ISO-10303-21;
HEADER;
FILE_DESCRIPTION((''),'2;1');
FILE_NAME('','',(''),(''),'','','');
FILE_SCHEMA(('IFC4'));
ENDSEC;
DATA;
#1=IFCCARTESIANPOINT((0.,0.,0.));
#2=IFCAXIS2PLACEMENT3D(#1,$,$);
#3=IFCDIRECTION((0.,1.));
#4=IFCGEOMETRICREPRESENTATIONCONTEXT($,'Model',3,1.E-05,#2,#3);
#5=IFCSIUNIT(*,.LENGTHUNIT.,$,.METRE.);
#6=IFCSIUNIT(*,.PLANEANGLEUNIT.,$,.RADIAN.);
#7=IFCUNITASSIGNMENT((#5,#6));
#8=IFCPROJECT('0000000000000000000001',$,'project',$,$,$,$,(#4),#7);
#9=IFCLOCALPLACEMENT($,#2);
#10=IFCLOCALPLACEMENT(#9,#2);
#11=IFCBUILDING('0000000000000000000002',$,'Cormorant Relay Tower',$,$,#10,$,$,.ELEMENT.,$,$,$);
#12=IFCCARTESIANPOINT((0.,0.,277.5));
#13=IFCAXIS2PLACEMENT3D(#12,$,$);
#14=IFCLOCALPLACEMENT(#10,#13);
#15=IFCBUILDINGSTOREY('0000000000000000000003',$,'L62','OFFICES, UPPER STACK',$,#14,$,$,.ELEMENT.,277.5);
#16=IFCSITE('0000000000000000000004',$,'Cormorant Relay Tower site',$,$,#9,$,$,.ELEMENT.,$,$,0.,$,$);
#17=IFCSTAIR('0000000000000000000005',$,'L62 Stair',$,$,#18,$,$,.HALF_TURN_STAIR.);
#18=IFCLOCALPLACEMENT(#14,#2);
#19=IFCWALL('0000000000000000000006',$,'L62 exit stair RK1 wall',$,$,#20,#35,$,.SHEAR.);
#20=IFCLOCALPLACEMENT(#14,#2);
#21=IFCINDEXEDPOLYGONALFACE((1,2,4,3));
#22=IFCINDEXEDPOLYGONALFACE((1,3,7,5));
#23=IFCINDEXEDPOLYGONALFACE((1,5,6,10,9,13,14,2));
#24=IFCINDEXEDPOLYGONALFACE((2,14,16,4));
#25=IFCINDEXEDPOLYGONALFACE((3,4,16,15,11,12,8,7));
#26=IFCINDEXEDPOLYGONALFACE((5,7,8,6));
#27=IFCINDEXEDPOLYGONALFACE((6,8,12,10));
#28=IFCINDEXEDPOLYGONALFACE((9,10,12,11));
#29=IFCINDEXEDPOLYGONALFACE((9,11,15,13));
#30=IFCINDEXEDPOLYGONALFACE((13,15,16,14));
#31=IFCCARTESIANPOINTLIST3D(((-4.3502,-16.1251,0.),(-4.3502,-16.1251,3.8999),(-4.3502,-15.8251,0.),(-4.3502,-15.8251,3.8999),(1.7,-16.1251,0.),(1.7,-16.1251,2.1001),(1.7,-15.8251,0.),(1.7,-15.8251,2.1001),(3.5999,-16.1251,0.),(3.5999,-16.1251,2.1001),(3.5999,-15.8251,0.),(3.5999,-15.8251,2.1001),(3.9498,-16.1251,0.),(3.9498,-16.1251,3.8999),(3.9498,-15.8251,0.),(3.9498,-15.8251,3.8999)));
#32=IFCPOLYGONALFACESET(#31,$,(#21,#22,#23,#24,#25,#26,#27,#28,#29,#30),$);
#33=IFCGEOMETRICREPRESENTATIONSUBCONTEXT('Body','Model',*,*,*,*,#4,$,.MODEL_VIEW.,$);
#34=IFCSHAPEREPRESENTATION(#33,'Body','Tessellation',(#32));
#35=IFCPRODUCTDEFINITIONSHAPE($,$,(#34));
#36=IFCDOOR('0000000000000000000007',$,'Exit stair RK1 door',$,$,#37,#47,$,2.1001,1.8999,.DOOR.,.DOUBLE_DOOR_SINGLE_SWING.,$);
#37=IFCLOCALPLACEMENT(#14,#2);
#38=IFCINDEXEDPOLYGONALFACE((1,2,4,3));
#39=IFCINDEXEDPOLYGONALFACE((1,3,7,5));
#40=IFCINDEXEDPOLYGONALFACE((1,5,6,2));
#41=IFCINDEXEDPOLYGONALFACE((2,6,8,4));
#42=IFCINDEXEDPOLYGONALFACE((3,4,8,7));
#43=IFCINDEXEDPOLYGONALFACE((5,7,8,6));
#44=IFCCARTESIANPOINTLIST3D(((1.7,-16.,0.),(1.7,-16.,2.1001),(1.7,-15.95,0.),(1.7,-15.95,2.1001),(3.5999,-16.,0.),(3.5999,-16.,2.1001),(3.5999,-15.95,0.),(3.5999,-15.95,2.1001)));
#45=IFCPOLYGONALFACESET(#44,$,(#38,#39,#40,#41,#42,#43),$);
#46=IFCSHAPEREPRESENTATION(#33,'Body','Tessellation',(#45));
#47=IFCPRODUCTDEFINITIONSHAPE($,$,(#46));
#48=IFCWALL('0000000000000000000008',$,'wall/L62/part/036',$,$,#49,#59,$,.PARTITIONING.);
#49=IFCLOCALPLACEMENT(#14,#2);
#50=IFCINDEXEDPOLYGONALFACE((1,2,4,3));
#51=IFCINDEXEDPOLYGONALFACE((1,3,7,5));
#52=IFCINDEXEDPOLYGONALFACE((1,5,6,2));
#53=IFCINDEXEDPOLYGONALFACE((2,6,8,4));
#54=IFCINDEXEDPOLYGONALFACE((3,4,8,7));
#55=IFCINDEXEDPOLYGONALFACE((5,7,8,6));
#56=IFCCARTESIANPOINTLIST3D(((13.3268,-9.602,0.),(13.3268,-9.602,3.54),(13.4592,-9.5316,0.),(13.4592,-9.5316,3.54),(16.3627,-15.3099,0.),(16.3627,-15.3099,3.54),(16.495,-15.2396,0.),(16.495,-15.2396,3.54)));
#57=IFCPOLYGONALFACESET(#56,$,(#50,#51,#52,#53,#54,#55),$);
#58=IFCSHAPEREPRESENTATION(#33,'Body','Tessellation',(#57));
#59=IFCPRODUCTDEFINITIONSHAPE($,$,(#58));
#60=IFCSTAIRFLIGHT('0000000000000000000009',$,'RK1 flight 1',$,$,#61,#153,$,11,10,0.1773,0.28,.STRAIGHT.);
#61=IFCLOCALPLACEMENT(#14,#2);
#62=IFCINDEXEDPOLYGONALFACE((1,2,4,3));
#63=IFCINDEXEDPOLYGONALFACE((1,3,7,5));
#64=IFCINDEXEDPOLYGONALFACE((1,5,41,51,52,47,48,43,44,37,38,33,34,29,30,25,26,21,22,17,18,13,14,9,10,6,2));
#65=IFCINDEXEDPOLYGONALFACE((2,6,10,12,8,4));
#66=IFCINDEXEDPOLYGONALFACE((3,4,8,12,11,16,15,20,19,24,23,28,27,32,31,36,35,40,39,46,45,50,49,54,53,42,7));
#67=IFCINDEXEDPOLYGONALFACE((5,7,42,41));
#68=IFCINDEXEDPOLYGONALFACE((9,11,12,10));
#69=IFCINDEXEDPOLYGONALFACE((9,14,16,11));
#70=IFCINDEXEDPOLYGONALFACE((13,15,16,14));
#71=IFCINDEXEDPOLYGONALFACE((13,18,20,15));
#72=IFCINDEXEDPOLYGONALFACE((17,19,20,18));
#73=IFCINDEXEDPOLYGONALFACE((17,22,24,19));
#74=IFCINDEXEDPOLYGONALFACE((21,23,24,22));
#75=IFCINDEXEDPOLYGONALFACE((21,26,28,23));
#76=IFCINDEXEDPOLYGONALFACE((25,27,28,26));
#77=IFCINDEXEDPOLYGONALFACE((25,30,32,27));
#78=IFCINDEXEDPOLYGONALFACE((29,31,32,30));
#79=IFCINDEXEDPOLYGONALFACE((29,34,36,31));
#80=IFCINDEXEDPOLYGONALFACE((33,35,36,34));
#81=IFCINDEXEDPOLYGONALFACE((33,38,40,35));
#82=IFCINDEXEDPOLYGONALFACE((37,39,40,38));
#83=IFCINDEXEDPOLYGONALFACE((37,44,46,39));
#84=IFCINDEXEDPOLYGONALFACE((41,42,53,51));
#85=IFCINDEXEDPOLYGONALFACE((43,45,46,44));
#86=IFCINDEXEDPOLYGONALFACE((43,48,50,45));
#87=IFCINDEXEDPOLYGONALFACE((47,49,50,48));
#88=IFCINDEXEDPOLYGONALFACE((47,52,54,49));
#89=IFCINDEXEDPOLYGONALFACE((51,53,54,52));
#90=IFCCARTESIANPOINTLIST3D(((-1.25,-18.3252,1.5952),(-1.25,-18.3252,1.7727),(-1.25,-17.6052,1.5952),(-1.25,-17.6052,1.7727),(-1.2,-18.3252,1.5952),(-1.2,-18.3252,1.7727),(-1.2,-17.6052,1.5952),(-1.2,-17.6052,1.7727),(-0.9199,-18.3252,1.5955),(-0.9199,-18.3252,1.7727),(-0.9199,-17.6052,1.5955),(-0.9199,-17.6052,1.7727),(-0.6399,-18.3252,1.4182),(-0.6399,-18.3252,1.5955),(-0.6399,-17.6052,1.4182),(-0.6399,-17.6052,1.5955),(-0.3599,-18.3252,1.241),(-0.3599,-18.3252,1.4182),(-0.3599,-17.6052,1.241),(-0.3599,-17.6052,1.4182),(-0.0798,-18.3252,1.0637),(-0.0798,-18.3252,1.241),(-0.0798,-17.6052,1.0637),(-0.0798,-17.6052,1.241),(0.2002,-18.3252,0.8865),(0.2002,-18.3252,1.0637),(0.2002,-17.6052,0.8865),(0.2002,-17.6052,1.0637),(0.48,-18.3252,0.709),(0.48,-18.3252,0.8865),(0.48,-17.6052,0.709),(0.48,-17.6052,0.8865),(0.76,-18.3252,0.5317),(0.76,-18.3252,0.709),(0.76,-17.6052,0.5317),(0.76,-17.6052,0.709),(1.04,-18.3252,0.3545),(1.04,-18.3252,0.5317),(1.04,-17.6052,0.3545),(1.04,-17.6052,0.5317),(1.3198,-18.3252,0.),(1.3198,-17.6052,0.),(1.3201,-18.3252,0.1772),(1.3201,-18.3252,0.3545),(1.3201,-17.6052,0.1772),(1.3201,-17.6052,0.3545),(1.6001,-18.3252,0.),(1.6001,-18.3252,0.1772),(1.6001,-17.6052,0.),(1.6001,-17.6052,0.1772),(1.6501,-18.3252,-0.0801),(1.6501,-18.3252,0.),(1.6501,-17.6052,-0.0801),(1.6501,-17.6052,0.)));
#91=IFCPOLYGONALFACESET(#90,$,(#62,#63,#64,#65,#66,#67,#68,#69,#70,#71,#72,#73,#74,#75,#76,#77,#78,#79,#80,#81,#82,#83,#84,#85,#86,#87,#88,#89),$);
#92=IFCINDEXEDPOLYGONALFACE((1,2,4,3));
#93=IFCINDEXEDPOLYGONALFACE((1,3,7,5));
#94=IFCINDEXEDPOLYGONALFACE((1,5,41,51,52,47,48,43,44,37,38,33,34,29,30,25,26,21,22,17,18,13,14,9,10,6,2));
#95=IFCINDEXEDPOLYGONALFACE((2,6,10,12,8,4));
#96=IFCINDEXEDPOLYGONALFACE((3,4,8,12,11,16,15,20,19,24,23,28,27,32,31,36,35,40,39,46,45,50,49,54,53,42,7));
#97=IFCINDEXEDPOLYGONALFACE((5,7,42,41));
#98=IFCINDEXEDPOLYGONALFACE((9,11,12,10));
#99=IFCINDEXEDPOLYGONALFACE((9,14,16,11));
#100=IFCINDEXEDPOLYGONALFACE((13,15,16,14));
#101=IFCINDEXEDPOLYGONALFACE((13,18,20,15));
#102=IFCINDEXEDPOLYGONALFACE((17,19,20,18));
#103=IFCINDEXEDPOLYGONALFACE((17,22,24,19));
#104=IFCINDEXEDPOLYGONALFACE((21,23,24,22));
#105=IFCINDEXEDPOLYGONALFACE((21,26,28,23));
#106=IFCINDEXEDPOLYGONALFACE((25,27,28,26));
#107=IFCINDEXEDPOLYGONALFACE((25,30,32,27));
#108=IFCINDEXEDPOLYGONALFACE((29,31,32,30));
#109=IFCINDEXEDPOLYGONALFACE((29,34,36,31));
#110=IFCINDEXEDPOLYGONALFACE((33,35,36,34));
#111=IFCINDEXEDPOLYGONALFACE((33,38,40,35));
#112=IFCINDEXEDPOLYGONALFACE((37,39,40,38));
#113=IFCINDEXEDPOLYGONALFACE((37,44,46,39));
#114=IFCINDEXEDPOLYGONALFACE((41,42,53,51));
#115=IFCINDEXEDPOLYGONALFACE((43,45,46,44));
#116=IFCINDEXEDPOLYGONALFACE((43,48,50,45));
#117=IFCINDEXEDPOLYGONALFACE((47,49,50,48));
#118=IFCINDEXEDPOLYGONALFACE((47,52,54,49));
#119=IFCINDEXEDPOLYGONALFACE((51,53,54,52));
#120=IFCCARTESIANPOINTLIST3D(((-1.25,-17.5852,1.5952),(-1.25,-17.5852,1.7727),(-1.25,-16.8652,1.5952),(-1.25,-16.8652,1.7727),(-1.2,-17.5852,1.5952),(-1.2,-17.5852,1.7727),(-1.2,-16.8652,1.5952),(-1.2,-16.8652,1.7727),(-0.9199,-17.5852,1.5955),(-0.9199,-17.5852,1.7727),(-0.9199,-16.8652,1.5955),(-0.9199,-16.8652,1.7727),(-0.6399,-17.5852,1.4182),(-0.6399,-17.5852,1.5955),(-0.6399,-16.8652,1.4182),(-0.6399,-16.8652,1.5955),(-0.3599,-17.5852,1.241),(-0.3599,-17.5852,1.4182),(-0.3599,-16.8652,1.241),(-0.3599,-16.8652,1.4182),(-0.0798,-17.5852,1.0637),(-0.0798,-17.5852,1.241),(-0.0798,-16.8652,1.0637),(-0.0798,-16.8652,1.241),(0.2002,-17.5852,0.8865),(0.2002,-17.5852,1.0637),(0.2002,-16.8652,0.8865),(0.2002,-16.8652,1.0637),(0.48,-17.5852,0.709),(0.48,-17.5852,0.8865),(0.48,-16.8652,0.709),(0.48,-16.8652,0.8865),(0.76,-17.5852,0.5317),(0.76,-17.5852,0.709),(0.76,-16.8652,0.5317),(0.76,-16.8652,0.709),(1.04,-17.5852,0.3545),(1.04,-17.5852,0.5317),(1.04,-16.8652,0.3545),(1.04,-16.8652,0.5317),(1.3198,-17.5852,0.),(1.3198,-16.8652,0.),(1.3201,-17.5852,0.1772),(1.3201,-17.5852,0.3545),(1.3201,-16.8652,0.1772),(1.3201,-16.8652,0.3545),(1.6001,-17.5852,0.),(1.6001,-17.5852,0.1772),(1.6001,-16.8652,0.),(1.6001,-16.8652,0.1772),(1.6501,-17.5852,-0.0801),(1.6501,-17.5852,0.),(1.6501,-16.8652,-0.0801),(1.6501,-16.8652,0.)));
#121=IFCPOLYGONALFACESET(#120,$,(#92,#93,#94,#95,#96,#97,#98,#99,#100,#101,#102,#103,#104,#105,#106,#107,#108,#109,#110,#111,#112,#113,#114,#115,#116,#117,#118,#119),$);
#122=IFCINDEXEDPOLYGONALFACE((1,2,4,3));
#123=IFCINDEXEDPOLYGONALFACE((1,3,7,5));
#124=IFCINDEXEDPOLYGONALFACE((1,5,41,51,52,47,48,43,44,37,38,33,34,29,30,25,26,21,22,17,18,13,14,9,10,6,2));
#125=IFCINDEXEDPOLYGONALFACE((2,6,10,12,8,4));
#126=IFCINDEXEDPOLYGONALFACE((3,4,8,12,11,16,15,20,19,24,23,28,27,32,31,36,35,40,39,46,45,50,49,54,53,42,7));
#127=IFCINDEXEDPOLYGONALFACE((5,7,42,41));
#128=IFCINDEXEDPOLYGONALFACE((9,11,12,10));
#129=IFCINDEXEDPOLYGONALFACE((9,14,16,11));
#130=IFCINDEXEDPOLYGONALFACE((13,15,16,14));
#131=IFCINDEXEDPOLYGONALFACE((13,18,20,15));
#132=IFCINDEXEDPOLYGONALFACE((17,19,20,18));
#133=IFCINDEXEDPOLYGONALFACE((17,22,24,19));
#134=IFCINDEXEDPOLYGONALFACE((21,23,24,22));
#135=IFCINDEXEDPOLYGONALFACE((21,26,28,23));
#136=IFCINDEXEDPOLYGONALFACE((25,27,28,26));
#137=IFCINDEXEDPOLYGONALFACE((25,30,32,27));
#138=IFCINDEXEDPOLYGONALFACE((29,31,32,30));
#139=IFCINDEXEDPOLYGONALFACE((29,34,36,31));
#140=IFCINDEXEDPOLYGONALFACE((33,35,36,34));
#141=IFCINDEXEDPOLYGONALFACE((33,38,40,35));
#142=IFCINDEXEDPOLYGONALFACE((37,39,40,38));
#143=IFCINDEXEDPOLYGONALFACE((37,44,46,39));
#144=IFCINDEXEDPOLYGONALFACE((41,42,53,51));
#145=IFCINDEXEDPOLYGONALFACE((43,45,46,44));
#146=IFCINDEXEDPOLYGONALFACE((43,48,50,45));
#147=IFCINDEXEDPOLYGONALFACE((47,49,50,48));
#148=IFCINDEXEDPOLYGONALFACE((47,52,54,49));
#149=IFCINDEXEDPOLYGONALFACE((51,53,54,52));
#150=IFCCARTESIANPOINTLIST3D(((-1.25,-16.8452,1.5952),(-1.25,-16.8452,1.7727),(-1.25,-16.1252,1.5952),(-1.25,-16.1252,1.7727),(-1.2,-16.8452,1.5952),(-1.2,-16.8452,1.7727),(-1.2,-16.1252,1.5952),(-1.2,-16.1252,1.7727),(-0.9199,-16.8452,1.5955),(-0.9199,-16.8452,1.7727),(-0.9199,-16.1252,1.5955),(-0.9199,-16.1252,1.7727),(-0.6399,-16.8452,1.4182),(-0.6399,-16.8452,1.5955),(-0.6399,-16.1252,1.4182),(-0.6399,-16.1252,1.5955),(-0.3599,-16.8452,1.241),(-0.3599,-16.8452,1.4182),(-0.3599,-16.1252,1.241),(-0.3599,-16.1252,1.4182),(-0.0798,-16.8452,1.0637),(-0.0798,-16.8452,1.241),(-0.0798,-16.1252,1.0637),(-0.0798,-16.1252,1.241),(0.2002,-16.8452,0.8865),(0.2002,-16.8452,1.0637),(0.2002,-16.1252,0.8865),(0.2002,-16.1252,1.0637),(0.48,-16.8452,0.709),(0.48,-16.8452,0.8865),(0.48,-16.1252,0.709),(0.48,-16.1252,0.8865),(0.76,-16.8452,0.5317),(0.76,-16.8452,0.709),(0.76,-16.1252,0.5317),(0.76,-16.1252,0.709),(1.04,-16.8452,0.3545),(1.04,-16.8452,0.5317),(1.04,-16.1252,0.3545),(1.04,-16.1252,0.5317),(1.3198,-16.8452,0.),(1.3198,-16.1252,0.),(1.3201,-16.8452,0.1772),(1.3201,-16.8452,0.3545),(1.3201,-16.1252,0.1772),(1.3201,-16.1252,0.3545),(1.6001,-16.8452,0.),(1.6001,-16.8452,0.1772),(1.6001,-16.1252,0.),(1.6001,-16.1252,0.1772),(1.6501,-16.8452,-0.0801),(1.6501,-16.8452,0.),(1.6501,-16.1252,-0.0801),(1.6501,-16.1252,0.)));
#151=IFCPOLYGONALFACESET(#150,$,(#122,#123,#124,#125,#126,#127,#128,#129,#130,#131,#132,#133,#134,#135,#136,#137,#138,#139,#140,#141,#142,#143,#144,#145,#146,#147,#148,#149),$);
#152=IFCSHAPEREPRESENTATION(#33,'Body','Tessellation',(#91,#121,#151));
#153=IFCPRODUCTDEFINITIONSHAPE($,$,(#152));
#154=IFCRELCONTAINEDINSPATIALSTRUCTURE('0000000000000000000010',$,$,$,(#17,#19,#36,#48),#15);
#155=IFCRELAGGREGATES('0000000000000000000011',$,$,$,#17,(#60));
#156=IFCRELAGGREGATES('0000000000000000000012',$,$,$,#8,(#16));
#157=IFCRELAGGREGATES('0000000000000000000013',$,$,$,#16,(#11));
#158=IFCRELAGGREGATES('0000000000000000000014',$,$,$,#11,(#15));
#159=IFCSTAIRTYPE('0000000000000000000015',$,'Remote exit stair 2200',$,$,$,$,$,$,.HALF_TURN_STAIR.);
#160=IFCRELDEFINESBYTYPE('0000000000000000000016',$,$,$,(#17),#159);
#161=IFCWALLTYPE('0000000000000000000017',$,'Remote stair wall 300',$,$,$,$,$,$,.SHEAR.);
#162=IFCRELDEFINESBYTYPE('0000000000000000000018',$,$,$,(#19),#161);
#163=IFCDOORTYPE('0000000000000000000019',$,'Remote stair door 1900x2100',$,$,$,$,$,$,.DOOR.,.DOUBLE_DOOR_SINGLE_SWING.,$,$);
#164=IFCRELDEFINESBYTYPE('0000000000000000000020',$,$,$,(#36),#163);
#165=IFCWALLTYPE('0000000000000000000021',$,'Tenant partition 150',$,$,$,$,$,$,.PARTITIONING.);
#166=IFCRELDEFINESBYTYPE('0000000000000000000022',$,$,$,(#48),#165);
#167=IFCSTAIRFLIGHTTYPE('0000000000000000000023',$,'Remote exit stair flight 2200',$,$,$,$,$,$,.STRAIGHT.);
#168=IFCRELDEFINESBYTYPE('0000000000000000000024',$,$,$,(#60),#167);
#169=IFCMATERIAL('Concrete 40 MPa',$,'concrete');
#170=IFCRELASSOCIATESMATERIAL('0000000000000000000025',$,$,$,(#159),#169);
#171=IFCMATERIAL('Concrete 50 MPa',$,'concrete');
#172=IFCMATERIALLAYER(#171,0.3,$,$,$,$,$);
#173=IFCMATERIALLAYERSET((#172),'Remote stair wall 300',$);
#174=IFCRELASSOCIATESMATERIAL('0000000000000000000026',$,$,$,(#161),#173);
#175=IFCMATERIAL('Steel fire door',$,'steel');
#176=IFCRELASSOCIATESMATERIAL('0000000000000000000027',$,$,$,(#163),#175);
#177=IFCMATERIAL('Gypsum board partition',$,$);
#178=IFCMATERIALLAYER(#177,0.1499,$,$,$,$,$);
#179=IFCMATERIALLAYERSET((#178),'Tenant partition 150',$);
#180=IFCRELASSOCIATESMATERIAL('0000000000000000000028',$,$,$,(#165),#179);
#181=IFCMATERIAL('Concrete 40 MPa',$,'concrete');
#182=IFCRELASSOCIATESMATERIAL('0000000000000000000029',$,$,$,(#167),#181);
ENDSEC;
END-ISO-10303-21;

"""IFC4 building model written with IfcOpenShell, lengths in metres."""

from ifc_helpers import new_model, si_unit, direction, frame, frame_2d, origin, place, context, subcontext, project, spatial, polyline, rectangle, outline, extrude, material, layer, layer_set, type_object, element, fill, aggregate, save


model = new_model("IFC4")

# Units and contexts
model_context = context("Model", 3, precision=1e-05, world=origin(), true_north=direction((0.0, 1.0)))
body_context = subcontext(model_context, "Body", "Model", "MODEL_VIEW")
ifc_project = project(units=[si_unit("LENGTHUNIT", "METRE"), si_unit("PLANEANGLEUNIT", "RADIAN")], contexts=[model_context])

# Site, building, storey
site_placement = place(None, origin())
site = spatial("IfcSite", under=ifc_project, at=site_placement, Name="Cormorant Relay Tower site", CompositionType="ELEMENT", RefElevation=0.0)
building_placement = place(site_placement, origin())
building = spatial("IfcBuilding", under=site, at=building_placement, Name="Cormorant Relay Tower", CompositionType="ELEMENT")
storey_placement = place(building_placement, frame((0.0, 0.0, 277.5)))
storey = spatial("IfcBuildingStorey", under=building, at=storey_placement, Name="L62", Description="OFFICES, UPPER STACK", CompositionType="ELEMENT", Elevation=277.5)

# Stair
ifc_material_1 = material(Name="Concrete 40 MPa", Category="concrete")
stair_type_1 = type_object("IfcStairType", Name="Remote exit stair 2200", PredefinedType="HALF_TURN_STAIR", material=ifc_material_1)
stair_1_placement = place(storey_placement, origin())
stair_1 = element("IfcStair", 1, at=stair_1_placement, inside=storey, type_object=stair_type_1, Name="L62 Stair", PredefinedType="HALF_TURN_STAIR")

# Shared definitions
ifc_material_2 = material(Name="Concrete 50 MPa", Category="concrete")
ifc_layer_1 = layer(ifc_material_2, 0.3)
ifc_layer_set_1 = layer_set([ifc_layer_1], Name="Remote stair wall 300")
wall_type_1 = type_object("IfcWallType", Name="Remote stair wall 300", PredefinedType="SHEAR", material=ifc_layer_set_1)

# Wall, opening, door
wall_1_placement = place(storey_placement, frame((-4.3501, -15.9751, 0.0), z_axis=(0.0, 0.0, 1.0), x_axis=(1.0, 0.0, 0.0)))
wall_1 = element("IfcWall", 2, at=wall_1_placement, inside=storey, type_object=wall_type_1, Name="L62 exit stair RK1 wall", PredefinedType="SHEAR", context=body_context, shape_type="SweptSolid", body=[
    extrude(rectangle(XDim=8.3, YDim=0.3, at=frame_2d((4.1499, 0.0))), origin(), (0.0, 0.0, 1.0), 3.8999),
])
opening_1_placement = place(wall_1_placement, frame((6.05, 0.0, 0.0)))
opening_1 = element("IfcOpeningElement", 3, at=opening_1_placement, cuts=wall_1, PredefinedType="OPENING", context=body_context, shape_type="SweptSolid", body=[
    extrude(rectangle(XDim=1.8999, YDim=2.1001, at=frame_2d((0.95, 1.05))), frame((0.0, 0.1599, 0.0), z_axis=(0.0, -1.0, 0.0), x_axis=(1.0, 0.0, 0.0)), (0.0, 0.0, 1.0), 0.3201),
])
ifc_material_3 = material(Name="Steel fire door", Category="steel")
door_type_1 = type_object("IfcDoorType", Name="Remote stair door 1900x2100", OperationType="DOUBLE_DOOR_SINGLE_SWING", PredefinedType="DOOR", material=ifc_material_3)
door_1_placement = place(opening_1_placement, frame((1.8999, 0.0, 0.0), z_axis=(0.0, 0.0, 1.0), x_axis=(-1.0, 0.0, 0.0)))
door_1 = element("IfcDoor", 4, at=door_1_placement, inside=storey, type_object=door_type_1, Name="Exit stair RK1 door", OperationType="DOUBLE_DOOR_SINGLE_SWING", OverallHeight=2.1001, OverallWidth=1.8999, PredefinedType="DOOR", context=body_context, shape_type="SweptSolid", body=[
    extrude(rectangle(XDim=1.8999, YDim=2.1001, at=frame_2d((0.95, 1.05))), frame((0.0, 0.0249, 0.0), z_axis=(0.0, -1.0, 0.0), x_axis=(1.0, 0.0, 0.0)), (0.0, 0.0, 1.0), 0.05),
])
fill(opening_1, door_1)

# Wall
ifc_material_4 = material(Name="Gypsum board partition")
ifc_layer_2 = layer(ifc_material_4, 0.1499)
ifc_layer_set_2 = layer_set([ifc_layer_2], Name="Tenant partition 150")
wall_type_2 = type_object("IfcWallType", Name="Tenant partition 150", PredefinedType="PARTITIONING", material=ifc_layer_set_2)
wall_2_placement = place(storey_placement, frame((13.3931, -9.5669, 0.0), z_axis=(0.0, 0.0, 1.0), x_axis=(0.469579, -0.882891, 0.0)))
element("IfcWall", 5, at=wall_2_placement, inside=storey, type_object=wall_type_2, Name="wall/L62/part/036", PredefinedType="PARTITIONING", context=body_context, shape_type="SweptSolid", body=[
    extrude(rectangle(XDim=6.4651, YDim=0.1499, at=frame_2d((3.2324, 0.0))), origin(), (0.0, 0.0, 1.0), 3.54),
])

# Stair flight
ifc_material_5 = material(Name="Concrete 40 MPa", Category="concrete")
stair_flight_type = type_object("IfcStairFlightType", Name="Remote exit stair flight 2200", PredefinedType="STRAIGHT", material=ifc_material_5)
stair_flight_placement = place(storey_placement, frame((1.6001, -17.2251, 0.0), z_axis=(0.0, 0.0, 1.0), x_axis=(-1.0, 0.0, 0.0)))
stair_flight = element("IfcStairFlight", 6, at=stair_flight_placement, type_object=stair_flight_type, Name="RK1 flight 1", NumberOfRisers=11, NumberOfTreads=10, PredefinedType="STRAIGHT", RiserHeight=0.1773, TreadLength=0.28, context=body_context, shape_type="SweptSolid", body=[
    extrude(outline(polyline([(-0.05, -0.0801), (-0.05, 0.0), (0.0, 0.0), (0.0, 0.1772), (0.28, 0.1772), (0.28, 0.3545), (0.5601, 0.3545), (0.5601, 0.5317), (0.8401, 0.5317), (0.8401, 0.709), (1.1201, 0.709), (1.1201, 0.8865), (1.3999, 0.8865), (1.3999, 1.0637), (1.6799, 1.0637), (1.6799, 1.241), (1.96, 1.241), (1.96, 1.4182), (2.24, 1.4182), (2.24, 1.5955), (2.52, 1.5955), (2.52, 1.7727), (2.8, 1.7727), (2.8501, 1.7727), (2.8501, 1.5952), (2.8, 1.5952), (0.2803, 0.0), (-0.05, -0.0801)])), frame((0.0, 1.1001, 0.0), z_axis=(0.0, -1.0, 0.0), x_axis=(1.0, 0.0, 0.0)), (0.0, 0.0, 1.0), 0.72),
    extrude(outline(polyline([(-0.05, -0.0801), (-0.05, 0.0), (0.0, 0.0), (0.0, 0.1772), (0.28, 0.1772), (0.28, 0.3545), (0.5601, 0.3545), (0.5601, 0.5317), (0.8401, 0.5317), (0.8401, 0.709), (1.1201, 0.709), (1.1201, 0.8865), (1.3999, 0.8865), (1.3999, 1.0637), (1.6799, 1.0637), (1.6799, 1.241), (1.96, 1.241), (1.96, 1.4182), (2.24, 1.4182), (2.24, 1.5955), (2.52, 1.5955), (2.52, 1.7727), (2.8, 1.7727), (2.8501, 1.7727), (2.8501, 1.5952), (2.8, 1.5952), (0.2803, 0.0), (-0.05, -0.0801)])), frame((0.0, 0.3601, 0.0), z_axis=(0.0, -1.0, 0.0), x_axis=(1.0, 0.0, 0.0)), (0.0, 0.0, 1.0), 0.72),
    extrude(outline(polyline([(-0.05, -0.0801), (-0.05, 0.0), (0.0, 0.0), (0.0, 0.1772), (0.28, 0.1772), (0.28, 0.3545), (0.5601, 0.3545), (0.5601, 0.5317), (0.8401, 0.5317), (0.8401, 0.709), (1.1201, 0.709), (1.1201, 0.8865), (1.3999, 0.8865), (1.3999, 1.0637), (1.6799, 1.0637), (1.6799, 1.241), (1.96, 1.241), (1.96, 1.4182), (2.24, 1.4182), (2.24, 1.5955), (2.52, 1.5955), (2.52, 1.7727), (2.8, 1.7727), (2.8501, 1.7727), (2.8501, 1.5952), (2.8, 1.5952), (0.2803, 0.0), (-0.05, -0.0801)])), frame((0.0, -0.3799, 0.0), z_axis=(0.0, -1.0, 0.0), x_axis=(1.0, 0.0, 0.0)), (0.0, 0.0, 1.0), 0.72),
])
aggregate(stair_1, [stair_flight])

save(model, "model.ifc")
